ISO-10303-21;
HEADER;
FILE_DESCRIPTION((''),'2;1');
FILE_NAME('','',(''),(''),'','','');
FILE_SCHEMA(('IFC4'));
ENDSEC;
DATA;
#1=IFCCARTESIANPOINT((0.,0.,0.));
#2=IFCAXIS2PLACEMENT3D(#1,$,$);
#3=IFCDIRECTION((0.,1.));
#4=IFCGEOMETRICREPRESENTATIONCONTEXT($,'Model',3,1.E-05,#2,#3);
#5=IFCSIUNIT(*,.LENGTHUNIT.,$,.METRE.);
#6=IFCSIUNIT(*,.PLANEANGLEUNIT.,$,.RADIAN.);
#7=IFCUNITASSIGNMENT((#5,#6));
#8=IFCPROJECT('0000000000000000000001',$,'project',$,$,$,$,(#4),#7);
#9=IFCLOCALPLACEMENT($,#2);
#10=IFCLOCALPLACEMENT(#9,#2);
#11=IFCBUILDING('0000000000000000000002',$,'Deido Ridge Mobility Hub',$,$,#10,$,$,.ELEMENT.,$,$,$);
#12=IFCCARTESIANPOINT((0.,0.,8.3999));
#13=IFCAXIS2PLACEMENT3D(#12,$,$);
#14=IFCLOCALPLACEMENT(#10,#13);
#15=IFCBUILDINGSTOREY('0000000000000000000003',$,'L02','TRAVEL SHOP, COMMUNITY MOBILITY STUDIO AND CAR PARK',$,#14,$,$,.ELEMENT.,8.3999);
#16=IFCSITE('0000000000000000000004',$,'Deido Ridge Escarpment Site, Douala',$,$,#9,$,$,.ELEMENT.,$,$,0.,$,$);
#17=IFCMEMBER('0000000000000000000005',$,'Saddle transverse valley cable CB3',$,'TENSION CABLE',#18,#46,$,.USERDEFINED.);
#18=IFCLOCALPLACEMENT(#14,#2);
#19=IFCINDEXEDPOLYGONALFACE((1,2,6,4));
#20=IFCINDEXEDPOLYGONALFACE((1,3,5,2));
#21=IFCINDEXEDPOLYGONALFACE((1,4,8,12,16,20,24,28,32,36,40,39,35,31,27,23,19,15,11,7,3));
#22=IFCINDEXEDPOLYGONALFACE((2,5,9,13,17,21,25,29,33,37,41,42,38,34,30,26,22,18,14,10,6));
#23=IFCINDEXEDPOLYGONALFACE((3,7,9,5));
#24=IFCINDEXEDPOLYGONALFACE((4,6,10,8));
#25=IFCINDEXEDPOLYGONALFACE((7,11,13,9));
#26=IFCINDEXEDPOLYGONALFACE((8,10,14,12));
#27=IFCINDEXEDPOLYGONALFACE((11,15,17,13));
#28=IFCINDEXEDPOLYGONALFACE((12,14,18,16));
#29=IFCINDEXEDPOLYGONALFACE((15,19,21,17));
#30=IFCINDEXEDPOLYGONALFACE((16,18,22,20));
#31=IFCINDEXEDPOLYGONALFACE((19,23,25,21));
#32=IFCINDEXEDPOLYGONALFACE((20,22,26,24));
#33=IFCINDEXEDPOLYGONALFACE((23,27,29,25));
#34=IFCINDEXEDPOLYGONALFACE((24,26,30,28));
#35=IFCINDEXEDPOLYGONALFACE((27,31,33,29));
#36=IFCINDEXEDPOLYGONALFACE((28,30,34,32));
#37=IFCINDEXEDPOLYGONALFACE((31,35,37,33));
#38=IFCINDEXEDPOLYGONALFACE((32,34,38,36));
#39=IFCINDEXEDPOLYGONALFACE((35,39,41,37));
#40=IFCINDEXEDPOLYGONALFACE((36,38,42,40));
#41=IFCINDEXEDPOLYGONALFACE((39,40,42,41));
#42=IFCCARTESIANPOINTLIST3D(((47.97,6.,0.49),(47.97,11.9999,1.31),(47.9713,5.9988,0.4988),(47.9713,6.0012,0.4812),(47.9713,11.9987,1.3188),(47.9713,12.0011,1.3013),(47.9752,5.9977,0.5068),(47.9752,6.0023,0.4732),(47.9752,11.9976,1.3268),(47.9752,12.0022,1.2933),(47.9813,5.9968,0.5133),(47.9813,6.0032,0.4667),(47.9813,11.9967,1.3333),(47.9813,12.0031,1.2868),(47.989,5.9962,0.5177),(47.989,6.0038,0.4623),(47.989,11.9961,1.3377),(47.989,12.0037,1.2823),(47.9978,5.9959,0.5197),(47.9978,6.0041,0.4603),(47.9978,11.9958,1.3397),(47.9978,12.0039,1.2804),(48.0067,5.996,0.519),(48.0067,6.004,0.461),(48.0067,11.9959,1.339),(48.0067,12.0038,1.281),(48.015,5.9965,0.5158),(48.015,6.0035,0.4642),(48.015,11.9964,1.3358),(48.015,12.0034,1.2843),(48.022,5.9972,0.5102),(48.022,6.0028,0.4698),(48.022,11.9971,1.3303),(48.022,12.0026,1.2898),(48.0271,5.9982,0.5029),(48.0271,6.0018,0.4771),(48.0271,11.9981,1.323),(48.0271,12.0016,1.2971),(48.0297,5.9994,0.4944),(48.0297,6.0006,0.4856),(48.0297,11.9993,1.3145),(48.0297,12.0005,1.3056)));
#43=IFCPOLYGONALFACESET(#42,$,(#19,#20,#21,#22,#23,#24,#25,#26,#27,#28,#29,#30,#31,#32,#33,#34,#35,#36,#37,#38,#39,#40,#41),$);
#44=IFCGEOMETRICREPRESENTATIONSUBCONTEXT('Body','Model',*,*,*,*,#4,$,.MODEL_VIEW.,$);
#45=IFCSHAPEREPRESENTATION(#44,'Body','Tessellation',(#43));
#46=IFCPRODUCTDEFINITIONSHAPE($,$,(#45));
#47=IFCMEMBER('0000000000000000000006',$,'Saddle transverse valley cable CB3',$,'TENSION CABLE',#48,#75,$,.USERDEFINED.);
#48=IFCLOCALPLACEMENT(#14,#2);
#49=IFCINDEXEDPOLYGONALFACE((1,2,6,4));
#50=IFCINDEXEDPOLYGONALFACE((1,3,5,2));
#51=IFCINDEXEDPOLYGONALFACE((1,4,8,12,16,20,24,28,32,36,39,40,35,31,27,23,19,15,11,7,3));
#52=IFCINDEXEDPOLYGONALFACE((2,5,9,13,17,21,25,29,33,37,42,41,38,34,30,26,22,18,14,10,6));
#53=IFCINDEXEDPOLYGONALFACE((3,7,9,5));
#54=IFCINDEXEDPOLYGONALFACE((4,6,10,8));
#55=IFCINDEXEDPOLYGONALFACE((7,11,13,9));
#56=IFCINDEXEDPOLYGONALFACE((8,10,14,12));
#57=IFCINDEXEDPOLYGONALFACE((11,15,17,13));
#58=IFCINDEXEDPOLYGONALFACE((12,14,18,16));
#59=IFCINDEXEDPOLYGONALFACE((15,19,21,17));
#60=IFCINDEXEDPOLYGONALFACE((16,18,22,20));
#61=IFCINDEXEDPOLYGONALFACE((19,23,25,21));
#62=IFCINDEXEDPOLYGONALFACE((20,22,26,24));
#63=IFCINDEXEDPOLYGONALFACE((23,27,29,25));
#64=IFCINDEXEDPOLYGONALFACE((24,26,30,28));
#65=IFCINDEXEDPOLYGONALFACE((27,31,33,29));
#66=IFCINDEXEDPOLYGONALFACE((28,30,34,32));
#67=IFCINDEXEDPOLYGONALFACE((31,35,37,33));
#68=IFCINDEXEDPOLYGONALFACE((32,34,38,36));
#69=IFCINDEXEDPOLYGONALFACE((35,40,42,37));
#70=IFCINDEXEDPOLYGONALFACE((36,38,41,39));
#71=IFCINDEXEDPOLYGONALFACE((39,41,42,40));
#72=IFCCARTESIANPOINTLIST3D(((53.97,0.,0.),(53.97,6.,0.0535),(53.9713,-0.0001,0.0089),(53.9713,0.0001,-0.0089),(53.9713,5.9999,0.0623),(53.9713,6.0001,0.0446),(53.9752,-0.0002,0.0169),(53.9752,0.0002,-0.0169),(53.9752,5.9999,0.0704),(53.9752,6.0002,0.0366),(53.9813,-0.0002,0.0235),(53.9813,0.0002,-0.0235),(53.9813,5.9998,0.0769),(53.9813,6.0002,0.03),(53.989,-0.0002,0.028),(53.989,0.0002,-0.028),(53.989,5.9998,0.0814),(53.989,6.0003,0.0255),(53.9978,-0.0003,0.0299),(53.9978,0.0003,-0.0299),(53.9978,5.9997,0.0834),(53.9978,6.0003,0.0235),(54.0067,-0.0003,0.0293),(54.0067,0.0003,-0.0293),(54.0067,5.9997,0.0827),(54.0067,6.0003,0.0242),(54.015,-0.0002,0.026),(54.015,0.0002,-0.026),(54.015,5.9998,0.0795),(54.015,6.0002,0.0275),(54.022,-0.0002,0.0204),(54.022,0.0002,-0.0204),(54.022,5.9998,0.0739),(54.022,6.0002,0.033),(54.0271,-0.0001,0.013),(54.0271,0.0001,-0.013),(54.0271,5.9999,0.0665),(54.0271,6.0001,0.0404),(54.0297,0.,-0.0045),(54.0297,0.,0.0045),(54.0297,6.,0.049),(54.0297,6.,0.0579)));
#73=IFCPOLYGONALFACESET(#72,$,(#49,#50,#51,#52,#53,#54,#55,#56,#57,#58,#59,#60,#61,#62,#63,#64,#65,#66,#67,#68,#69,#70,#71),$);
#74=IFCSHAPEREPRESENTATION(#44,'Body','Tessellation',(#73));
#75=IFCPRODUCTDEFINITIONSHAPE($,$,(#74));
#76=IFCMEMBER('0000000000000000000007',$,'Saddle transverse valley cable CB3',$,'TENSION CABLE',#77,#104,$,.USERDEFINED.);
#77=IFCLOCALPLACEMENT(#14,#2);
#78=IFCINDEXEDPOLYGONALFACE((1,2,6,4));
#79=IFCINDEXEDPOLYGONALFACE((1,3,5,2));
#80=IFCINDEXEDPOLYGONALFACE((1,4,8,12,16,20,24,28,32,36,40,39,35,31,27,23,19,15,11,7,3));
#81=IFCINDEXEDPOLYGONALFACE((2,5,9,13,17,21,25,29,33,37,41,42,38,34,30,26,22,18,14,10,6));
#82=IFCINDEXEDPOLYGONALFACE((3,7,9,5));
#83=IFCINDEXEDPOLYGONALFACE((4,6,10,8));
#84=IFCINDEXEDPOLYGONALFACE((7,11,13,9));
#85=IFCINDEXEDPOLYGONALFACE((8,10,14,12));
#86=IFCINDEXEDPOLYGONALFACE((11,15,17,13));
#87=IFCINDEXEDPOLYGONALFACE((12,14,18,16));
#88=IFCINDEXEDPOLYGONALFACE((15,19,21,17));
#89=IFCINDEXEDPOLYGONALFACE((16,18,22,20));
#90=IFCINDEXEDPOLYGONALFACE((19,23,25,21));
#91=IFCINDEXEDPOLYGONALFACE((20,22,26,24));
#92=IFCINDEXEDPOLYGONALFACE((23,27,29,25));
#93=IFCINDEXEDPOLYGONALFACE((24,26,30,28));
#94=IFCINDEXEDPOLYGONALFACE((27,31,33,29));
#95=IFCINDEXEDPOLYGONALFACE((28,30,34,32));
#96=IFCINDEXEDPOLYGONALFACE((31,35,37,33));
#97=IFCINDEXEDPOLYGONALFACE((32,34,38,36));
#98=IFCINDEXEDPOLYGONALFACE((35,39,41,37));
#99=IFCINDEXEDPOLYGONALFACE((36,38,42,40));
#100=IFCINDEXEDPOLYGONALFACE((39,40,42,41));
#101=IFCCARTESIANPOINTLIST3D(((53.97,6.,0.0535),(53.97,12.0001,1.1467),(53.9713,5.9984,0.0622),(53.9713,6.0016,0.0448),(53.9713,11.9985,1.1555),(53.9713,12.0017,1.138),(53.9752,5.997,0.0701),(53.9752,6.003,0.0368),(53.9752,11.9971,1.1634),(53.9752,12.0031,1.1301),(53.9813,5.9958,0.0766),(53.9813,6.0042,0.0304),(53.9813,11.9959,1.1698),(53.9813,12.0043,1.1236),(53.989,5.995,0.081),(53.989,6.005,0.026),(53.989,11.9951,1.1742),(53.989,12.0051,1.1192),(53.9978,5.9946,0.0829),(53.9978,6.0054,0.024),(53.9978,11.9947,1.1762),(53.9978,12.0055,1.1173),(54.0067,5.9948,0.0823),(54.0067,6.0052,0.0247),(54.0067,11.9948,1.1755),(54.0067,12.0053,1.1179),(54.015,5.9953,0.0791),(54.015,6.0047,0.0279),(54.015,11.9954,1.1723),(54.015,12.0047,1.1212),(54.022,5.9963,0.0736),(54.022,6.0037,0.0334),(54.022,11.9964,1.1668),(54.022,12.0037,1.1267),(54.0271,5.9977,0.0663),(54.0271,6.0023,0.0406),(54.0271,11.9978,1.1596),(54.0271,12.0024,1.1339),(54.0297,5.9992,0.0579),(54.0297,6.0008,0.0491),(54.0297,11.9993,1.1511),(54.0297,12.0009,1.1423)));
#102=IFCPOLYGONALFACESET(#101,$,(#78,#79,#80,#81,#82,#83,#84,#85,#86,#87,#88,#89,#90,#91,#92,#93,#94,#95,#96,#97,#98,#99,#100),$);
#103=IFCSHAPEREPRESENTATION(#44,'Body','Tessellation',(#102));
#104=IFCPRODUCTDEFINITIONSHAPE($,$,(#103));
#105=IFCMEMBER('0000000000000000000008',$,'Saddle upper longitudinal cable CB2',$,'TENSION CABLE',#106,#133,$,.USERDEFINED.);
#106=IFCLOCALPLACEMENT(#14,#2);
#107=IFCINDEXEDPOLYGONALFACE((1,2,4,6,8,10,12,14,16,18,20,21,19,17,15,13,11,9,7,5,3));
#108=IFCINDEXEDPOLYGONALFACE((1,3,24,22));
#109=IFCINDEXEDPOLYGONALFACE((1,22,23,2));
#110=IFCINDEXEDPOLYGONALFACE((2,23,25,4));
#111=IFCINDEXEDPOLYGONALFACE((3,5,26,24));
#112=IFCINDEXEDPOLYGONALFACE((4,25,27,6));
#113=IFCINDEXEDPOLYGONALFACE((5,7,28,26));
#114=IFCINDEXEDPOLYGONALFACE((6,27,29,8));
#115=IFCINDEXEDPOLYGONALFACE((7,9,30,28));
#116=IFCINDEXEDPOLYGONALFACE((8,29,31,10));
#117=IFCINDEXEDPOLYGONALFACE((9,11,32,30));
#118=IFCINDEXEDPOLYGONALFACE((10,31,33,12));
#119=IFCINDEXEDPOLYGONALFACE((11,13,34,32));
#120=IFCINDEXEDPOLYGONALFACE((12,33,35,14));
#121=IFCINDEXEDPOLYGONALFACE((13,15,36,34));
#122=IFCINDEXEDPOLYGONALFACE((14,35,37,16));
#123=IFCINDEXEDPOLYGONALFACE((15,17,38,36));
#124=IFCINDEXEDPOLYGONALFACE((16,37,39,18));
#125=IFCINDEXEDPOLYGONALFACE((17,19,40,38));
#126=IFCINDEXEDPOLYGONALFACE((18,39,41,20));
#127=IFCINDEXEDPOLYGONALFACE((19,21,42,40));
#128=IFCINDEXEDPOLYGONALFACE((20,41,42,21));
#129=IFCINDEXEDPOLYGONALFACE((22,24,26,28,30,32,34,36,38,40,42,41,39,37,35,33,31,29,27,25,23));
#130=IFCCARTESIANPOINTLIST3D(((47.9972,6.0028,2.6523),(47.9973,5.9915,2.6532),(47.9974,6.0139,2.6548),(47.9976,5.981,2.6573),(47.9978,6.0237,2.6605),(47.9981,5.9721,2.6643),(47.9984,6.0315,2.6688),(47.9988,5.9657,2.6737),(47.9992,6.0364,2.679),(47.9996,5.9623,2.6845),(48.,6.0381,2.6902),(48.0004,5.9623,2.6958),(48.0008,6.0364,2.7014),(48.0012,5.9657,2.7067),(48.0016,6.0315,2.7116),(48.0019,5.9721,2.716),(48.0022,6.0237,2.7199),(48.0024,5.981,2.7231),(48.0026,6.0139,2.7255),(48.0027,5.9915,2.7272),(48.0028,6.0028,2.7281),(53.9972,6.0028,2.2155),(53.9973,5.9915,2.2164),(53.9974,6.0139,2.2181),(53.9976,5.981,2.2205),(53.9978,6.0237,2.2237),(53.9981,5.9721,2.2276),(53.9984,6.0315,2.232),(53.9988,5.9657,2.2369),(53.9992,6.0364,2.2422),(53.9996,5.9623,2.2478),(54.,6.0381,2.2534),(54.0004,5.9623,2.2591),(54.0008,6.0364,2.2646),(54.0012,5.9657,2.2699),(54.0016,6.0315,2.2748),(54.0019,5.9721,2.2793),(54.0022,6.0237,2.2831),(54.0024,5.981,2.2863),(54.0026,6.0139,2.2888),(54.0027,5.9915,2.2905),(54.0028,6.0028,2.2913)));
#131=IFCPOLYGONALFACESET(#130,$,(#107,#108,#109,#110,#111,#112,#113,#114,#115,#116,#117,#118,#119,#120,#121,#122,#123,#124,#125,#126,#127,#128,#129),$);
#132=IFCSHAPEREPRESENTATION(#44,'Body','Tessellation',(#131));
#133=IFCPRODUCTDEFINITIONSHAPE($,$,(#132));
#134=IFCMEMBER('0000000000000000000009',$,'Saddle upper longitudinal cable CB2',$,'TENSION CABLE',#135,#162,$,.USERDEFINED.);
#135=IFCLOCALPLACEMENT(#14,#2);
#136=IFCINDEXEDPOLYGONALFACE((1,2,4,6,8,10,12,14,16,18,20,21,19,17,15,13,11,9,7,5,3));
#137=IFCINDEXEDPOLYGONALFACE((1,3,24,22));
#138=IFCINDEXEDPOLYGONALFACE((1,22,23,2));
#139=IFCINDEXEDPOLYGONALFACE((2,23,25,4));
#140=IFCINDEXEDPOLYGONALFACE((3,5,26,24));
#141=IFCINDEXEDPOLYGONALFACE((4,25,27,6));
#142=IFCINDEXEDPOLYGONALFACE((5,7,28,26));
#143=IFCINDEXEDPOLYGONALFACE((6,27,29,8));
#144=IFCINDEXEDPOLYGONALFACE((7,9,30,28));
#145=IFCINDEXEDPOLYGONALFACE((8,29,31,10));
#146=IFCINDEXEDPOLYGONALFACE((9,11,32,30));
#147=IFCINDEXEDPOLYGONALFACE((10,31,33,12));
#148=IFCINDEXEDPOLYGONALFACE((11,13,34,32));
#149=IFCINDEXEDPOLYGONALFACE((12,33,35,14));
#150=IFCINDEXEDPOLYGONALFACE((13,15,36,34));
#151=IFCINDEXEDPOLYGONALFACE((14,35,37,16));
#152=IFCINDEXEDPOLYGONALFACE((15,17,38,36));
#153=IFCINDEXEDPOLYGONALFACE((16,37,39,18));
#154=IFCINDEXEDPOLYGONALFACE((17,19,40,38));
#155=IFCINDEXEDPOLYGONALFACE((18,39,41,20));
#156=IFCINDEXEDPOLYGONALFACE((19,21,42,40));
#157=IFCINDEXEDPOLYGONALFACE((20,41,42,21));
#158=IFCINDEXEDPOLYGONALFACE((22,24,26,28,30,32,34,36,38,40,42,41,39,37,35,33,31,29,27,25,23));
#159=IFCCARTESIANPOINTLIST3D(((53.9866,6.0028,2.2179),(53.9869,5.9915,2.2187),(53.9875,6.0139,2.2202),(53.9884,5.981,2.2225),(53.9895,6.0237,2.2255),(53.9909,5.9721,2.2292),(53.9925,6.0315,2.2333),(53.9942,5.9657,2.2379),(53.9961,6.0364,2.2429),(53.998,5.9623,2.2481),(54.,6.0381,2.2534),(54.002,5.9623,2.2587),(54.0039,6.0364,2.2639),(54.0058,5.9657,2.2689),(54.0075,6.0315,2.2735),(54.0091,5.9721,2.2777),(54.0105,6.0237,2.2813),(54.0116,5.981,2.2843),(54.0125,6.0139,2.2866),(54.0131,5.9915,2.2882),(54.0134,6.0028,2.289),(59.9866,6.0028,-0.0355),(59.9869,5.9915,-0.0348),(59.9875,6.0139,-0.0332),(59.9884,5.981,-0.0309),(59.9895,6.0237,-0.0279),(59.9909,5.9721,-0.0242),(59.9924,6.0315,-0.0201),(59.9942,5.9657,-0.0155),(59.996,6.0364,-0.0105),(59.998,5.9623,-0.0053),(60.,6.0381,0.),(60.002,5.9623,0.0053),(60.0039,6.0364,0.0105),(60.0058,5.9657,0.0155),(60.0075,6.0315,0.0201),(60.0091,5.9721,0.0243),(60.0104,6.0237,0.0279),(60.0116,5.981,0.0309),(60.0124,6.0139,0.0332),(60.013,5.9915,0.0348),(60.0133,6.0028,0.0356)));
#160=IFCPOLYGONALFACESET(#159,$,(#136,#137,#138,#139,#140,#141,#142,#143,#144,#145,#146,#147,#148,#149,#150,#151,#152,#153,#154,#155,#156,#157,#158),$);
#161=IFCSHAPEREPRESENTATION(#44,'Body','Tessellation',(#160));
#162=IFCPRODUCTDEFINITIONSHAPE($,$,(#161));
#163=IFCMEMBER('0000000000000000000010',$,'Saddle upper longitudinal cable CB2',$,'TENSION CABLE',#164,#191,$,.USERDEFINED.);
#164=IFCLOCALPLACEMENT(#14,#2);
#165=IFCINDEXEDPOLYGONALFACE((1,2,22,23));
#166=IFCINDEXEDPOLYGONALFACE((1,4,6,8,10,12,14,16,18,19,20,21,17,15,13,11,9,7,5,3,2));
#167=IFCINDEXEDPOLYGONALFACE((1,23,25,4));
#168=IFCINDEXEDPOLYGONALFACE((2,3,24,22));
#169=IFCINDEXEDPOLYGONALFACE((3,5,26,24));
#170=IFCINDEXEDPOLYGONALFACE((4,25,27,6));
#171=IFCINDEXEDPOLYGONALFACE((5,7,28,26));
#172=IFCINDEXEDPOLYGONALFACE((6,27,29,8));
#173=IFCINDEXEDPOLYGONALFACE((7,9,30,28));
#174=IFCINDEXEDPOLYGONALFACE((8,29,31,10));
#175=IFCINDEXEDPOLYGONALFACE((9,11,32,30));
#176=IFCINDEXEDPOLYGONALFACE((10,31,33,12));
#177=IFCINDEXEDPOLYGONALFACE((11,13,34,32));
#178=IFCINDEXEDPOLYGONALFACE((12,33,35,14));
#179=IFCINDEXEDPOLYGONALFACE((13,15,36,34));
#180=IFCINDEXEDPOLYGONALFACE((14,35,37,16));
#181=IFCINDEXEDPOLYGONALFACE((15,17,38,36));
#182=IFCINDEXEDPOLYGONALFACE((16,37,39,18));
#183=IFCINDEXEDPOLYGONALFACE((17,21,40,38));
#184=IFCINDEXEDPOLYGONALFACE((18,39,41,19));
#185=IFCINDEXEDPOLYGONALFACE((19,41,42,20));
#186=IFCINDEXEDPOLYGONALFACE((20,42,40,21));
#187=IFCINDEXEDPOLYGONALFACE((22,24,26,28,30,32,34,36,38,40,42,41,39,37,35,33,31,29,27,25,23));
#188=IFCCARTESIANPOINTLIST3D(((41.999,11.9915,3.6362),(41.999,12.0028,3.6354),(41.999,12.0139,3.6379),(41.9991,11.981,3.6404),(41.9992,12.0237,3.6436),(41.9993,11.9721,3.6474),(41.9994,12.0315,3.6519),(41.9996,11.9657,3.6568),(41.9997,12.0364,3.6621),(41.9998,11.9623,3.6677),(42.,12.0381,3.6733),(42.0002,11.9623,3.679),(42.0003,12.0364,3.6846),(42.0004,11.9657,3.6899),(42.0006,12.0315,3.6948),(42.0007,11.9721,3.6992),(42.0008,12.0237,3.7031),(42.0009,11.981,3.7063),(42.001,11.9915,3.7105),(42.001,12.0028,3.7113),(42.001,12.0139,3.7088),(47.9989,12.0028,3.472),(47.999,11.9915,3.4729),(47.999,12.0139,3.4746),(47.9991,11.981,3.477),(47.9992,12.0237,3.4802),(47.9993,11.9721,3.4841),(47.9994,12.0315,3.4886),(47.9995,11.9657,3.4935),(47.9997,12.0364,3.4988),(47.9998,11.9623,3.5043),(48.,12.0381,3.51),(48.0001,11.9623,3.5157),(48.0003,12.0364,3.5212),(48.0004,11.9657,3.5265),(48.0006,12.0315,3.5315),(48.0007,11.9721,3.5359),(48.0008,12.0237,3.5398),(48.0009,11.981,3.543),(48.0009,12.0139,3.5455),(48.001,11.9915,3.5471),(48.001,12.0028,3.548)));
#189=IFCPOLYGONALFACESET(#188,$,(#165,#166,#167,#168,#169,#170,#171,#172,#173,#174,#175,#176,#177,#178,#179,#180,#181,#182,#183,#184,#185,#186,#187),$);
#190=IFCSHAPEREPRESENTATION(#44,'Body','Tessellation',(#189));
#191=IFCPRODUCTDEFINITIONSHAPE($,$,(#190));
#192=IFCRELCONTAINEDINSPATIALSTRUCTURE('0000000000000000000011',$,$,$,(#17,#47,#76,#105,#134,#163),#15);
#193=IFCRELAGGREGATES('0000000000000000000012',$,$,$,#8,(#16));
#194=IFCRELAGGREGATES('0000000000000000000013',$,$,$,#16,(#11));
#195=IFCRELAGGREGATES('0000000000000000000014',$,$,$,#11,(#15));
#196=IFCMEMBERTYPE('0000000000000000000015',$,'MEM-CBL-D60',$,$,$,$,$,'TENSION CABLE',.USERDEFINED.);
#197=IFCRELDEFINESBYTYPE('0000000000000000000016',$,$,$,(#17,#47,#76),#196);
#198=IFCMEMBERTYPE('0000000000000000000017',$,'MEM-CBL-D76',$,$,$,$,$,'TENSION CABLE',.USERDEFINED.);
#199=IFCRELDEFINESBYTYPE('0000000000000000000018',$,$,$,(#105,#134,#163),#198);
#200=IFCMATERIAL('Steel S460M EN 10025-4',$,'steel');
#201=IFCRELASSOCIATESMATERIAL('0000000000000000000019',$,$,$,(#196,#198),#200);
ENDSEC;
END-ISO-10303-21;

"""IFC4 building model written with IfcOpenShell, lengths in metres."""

from ifc_helpers import new_model, si_unit, direction, frame, origin, origin_2d, place, context, subcontext, project, spatial, circle, extrude, material, material_profile, profile_set, type_object, element, save


model = new_model("IFC4")

# Units and contexts
model_context = context("Model", 3, precision=1e-05, world=origin(), true_north=direction((0.0, 1.0)))
body_context = subcontext(model_context, "Body", "Model", "MODEL_VIEW")
ifc_project = project(units=[si_unit("LENGTHUNIT", "METRE"), si_unit("PLANEANGLEUNIT", "RADIAN")], contexts=[model_context])

# Site, building, storey
site_placement = place(None, origin())
site = spatial("IfcSite", under=ifc_project, at=site_placement, Name="Deido Ridge Escarpment Site, Douala", CompositionType="ELEMENT", RefElevation=0.0)
building_placement = place(site_placement, origin())
building = spatial("IfcBuilding", under=site, at=building_placement, Name="Deido Ridge Mobility Hub", CompositionType="ELEMENT")
storey_placement = place(building_placement, frame((0.0, 0.0, 8.3999)))
storey = spatial("IfcBuildingStorey", under=building, at=storey_placement, Name="L02", Description="TRAVEL SHOP, COMMUNITY MOBILITY STUDIO AND CAR PARK", CompositionType="ELEMENT", Elevation=8.3999)

# Members
ifc_material_1 = material(Name="Steel S460M EN 10025-4", Category="steel")
ifc_material_profile_1 = material_profile(ifc_material_1, circle(Radius=0.03, at=origin_2d()), Name="CABLE D60")
ifc_profile_set_1 = profile_set([ifc_material_profile_1], Name="Steel S460M EN 10025-4")
member_type_1 = type_object("IfcMemberType", Name="MEM-CBL-D60", ElementType="TENSION CABLE", PredefinedType="USERDEFINED", material=ifc_profile_set_1)
member_1_placement = place(storey_placement, frame((48.0, 6.0, 0.49), z_axis=(0.0, 0.990788, 0.135419), x_axis=(-1.0, 0.0, 0.0)))
element("IfcMember", 1, at=member_1_placement, inside=storey, type_object=member_type_1, Name="Saddle transverse valley cable CB3", ObjectType="TENSION CABLE", PredefinedType="USERDEFINED", context=body_context, shape_type="SweptSolid", body=[
    extrude(circle(Radius=0.03, at=origin_2d()), origin(), (0.0, 0.0, 1.0), 6.0557),
])
member_2_placement = place(storey_placement, frame((54.0, 0.0, 0.0), z_axis=(0.0, 0.99996, 0.008911), x_axis=(-1.0, 0.0, 0.0)))
element("IfcMember", 2, at=member_2_placement, inside=storey, type_object=member_type_1, Name="Saddle transverse valley cable CB3", ObjectType="TENSION CABLE", PredefinedType="USERDEFINED", context=body_context, shape_type="SweptSolid", body=[
    extrude(circle(Radius=0.03, at=origin_2d()), origin(), (0.0, 0.0, 1.0), 6.0002),
])
member_3_placement = place(storey_placement, frame((54.0, 6.0, 0.0535), z_axis=(0.0, 0.983802, 0.179259), x_axis=(-1.0, 0.0, 0.0)))
element("IfcMember", 3, at=member_3_placement, inside=storey, type_object=member_type_1, Name="Saddle transverse valley cable CB3", ObjectType="TENSION CABLE", PredefinedType="USERDEFINED", context=body_context, shape_type="SweptSolid", body=[
    extrude(circle(Radius=0.03, at=origin_2d()), origin(), (0.0, 0.0, 1.0), 6.0989),
])
ifc_material_profile_2 = material_profile(ifc_material_1, circle(Radius=0.0381, at=origin_2d()), Name="CABLE D76")
ifc_profile_set_2 = profile_set([ifc_material_profile_2], Name="Steel S460M EN 10025-4")
member_type_2 = type_object("IfcMemberType", Name="MEM-CBL-D76", ElementType="TENSION CABLE", PredefinedType="USERDEFINED", material=ifc_profile_set_2)
member_4_placement = place(storey_placement, frame((48.0, 6.0, 2.6902), z_axis=(0.997361, 0.0, -0.072602), x_axis=(0.0, 1.0, 0.0)))
element("IfcMember", 4, at=member_4_placement, inside=storey, type_object=member_type_2, Name="Saddle upper longitudinal cable CB2", ObjectType="TENSION CABLE", PredefinedType="USERDEFINED", context=body_context, shape_type="SweptSolid", body=[
    extrude(circle(Radius=0.0381, at=origin_2d()), origin(), (0.0, 0.0, 1.0), 6.0159),
])
member_5_placement = place(storey_placement, frame((54.0, 6.0, 2.2534), z_axis=(0.936154, 0.0, -0.351591), x_axis=(0.0, 1.0, 0.0)))
element("IfcMember", 5, at=member_5_placement, inside=storey, type_object=member_type_2, Name="Saddle upper longitudinal cable CB2", ObjectType="TENSION CABLE", PredefinedType="USERDEFINED", context=body_context, shape_type="SweptSolid", body=[
    extrude(circle(Radius=0.0381, at=origin_2d()), origin(), (0.0, 0.0, 1.0), 6.4092),
])
for number, where, z_axis, x_axis, name in (
    (6, (42.0, 12.0, 3.6733), (0.99963, 0.0, -0.027212), (0.0, 1.0, 0.0), "Saddle upper longitudinal cable CB2"),
):
    element("IfcMember", number, at=place(storey_placement, frame(where, z_axis=z_axis, x_axis=x_axis)), inside=storey, type_object=member_type_2, Name=name, ObjectType="TENSION CABLE", PredefinedType="USERDEFINED", context=body_context, shape_type="SweptSolid", body=[
        extrude(circle(Radius=0.0381, at=origin_2d()), origin(), (0.0, 0.0, 1.0), 6.0022),
    ])

save(model, "model.ifc")
